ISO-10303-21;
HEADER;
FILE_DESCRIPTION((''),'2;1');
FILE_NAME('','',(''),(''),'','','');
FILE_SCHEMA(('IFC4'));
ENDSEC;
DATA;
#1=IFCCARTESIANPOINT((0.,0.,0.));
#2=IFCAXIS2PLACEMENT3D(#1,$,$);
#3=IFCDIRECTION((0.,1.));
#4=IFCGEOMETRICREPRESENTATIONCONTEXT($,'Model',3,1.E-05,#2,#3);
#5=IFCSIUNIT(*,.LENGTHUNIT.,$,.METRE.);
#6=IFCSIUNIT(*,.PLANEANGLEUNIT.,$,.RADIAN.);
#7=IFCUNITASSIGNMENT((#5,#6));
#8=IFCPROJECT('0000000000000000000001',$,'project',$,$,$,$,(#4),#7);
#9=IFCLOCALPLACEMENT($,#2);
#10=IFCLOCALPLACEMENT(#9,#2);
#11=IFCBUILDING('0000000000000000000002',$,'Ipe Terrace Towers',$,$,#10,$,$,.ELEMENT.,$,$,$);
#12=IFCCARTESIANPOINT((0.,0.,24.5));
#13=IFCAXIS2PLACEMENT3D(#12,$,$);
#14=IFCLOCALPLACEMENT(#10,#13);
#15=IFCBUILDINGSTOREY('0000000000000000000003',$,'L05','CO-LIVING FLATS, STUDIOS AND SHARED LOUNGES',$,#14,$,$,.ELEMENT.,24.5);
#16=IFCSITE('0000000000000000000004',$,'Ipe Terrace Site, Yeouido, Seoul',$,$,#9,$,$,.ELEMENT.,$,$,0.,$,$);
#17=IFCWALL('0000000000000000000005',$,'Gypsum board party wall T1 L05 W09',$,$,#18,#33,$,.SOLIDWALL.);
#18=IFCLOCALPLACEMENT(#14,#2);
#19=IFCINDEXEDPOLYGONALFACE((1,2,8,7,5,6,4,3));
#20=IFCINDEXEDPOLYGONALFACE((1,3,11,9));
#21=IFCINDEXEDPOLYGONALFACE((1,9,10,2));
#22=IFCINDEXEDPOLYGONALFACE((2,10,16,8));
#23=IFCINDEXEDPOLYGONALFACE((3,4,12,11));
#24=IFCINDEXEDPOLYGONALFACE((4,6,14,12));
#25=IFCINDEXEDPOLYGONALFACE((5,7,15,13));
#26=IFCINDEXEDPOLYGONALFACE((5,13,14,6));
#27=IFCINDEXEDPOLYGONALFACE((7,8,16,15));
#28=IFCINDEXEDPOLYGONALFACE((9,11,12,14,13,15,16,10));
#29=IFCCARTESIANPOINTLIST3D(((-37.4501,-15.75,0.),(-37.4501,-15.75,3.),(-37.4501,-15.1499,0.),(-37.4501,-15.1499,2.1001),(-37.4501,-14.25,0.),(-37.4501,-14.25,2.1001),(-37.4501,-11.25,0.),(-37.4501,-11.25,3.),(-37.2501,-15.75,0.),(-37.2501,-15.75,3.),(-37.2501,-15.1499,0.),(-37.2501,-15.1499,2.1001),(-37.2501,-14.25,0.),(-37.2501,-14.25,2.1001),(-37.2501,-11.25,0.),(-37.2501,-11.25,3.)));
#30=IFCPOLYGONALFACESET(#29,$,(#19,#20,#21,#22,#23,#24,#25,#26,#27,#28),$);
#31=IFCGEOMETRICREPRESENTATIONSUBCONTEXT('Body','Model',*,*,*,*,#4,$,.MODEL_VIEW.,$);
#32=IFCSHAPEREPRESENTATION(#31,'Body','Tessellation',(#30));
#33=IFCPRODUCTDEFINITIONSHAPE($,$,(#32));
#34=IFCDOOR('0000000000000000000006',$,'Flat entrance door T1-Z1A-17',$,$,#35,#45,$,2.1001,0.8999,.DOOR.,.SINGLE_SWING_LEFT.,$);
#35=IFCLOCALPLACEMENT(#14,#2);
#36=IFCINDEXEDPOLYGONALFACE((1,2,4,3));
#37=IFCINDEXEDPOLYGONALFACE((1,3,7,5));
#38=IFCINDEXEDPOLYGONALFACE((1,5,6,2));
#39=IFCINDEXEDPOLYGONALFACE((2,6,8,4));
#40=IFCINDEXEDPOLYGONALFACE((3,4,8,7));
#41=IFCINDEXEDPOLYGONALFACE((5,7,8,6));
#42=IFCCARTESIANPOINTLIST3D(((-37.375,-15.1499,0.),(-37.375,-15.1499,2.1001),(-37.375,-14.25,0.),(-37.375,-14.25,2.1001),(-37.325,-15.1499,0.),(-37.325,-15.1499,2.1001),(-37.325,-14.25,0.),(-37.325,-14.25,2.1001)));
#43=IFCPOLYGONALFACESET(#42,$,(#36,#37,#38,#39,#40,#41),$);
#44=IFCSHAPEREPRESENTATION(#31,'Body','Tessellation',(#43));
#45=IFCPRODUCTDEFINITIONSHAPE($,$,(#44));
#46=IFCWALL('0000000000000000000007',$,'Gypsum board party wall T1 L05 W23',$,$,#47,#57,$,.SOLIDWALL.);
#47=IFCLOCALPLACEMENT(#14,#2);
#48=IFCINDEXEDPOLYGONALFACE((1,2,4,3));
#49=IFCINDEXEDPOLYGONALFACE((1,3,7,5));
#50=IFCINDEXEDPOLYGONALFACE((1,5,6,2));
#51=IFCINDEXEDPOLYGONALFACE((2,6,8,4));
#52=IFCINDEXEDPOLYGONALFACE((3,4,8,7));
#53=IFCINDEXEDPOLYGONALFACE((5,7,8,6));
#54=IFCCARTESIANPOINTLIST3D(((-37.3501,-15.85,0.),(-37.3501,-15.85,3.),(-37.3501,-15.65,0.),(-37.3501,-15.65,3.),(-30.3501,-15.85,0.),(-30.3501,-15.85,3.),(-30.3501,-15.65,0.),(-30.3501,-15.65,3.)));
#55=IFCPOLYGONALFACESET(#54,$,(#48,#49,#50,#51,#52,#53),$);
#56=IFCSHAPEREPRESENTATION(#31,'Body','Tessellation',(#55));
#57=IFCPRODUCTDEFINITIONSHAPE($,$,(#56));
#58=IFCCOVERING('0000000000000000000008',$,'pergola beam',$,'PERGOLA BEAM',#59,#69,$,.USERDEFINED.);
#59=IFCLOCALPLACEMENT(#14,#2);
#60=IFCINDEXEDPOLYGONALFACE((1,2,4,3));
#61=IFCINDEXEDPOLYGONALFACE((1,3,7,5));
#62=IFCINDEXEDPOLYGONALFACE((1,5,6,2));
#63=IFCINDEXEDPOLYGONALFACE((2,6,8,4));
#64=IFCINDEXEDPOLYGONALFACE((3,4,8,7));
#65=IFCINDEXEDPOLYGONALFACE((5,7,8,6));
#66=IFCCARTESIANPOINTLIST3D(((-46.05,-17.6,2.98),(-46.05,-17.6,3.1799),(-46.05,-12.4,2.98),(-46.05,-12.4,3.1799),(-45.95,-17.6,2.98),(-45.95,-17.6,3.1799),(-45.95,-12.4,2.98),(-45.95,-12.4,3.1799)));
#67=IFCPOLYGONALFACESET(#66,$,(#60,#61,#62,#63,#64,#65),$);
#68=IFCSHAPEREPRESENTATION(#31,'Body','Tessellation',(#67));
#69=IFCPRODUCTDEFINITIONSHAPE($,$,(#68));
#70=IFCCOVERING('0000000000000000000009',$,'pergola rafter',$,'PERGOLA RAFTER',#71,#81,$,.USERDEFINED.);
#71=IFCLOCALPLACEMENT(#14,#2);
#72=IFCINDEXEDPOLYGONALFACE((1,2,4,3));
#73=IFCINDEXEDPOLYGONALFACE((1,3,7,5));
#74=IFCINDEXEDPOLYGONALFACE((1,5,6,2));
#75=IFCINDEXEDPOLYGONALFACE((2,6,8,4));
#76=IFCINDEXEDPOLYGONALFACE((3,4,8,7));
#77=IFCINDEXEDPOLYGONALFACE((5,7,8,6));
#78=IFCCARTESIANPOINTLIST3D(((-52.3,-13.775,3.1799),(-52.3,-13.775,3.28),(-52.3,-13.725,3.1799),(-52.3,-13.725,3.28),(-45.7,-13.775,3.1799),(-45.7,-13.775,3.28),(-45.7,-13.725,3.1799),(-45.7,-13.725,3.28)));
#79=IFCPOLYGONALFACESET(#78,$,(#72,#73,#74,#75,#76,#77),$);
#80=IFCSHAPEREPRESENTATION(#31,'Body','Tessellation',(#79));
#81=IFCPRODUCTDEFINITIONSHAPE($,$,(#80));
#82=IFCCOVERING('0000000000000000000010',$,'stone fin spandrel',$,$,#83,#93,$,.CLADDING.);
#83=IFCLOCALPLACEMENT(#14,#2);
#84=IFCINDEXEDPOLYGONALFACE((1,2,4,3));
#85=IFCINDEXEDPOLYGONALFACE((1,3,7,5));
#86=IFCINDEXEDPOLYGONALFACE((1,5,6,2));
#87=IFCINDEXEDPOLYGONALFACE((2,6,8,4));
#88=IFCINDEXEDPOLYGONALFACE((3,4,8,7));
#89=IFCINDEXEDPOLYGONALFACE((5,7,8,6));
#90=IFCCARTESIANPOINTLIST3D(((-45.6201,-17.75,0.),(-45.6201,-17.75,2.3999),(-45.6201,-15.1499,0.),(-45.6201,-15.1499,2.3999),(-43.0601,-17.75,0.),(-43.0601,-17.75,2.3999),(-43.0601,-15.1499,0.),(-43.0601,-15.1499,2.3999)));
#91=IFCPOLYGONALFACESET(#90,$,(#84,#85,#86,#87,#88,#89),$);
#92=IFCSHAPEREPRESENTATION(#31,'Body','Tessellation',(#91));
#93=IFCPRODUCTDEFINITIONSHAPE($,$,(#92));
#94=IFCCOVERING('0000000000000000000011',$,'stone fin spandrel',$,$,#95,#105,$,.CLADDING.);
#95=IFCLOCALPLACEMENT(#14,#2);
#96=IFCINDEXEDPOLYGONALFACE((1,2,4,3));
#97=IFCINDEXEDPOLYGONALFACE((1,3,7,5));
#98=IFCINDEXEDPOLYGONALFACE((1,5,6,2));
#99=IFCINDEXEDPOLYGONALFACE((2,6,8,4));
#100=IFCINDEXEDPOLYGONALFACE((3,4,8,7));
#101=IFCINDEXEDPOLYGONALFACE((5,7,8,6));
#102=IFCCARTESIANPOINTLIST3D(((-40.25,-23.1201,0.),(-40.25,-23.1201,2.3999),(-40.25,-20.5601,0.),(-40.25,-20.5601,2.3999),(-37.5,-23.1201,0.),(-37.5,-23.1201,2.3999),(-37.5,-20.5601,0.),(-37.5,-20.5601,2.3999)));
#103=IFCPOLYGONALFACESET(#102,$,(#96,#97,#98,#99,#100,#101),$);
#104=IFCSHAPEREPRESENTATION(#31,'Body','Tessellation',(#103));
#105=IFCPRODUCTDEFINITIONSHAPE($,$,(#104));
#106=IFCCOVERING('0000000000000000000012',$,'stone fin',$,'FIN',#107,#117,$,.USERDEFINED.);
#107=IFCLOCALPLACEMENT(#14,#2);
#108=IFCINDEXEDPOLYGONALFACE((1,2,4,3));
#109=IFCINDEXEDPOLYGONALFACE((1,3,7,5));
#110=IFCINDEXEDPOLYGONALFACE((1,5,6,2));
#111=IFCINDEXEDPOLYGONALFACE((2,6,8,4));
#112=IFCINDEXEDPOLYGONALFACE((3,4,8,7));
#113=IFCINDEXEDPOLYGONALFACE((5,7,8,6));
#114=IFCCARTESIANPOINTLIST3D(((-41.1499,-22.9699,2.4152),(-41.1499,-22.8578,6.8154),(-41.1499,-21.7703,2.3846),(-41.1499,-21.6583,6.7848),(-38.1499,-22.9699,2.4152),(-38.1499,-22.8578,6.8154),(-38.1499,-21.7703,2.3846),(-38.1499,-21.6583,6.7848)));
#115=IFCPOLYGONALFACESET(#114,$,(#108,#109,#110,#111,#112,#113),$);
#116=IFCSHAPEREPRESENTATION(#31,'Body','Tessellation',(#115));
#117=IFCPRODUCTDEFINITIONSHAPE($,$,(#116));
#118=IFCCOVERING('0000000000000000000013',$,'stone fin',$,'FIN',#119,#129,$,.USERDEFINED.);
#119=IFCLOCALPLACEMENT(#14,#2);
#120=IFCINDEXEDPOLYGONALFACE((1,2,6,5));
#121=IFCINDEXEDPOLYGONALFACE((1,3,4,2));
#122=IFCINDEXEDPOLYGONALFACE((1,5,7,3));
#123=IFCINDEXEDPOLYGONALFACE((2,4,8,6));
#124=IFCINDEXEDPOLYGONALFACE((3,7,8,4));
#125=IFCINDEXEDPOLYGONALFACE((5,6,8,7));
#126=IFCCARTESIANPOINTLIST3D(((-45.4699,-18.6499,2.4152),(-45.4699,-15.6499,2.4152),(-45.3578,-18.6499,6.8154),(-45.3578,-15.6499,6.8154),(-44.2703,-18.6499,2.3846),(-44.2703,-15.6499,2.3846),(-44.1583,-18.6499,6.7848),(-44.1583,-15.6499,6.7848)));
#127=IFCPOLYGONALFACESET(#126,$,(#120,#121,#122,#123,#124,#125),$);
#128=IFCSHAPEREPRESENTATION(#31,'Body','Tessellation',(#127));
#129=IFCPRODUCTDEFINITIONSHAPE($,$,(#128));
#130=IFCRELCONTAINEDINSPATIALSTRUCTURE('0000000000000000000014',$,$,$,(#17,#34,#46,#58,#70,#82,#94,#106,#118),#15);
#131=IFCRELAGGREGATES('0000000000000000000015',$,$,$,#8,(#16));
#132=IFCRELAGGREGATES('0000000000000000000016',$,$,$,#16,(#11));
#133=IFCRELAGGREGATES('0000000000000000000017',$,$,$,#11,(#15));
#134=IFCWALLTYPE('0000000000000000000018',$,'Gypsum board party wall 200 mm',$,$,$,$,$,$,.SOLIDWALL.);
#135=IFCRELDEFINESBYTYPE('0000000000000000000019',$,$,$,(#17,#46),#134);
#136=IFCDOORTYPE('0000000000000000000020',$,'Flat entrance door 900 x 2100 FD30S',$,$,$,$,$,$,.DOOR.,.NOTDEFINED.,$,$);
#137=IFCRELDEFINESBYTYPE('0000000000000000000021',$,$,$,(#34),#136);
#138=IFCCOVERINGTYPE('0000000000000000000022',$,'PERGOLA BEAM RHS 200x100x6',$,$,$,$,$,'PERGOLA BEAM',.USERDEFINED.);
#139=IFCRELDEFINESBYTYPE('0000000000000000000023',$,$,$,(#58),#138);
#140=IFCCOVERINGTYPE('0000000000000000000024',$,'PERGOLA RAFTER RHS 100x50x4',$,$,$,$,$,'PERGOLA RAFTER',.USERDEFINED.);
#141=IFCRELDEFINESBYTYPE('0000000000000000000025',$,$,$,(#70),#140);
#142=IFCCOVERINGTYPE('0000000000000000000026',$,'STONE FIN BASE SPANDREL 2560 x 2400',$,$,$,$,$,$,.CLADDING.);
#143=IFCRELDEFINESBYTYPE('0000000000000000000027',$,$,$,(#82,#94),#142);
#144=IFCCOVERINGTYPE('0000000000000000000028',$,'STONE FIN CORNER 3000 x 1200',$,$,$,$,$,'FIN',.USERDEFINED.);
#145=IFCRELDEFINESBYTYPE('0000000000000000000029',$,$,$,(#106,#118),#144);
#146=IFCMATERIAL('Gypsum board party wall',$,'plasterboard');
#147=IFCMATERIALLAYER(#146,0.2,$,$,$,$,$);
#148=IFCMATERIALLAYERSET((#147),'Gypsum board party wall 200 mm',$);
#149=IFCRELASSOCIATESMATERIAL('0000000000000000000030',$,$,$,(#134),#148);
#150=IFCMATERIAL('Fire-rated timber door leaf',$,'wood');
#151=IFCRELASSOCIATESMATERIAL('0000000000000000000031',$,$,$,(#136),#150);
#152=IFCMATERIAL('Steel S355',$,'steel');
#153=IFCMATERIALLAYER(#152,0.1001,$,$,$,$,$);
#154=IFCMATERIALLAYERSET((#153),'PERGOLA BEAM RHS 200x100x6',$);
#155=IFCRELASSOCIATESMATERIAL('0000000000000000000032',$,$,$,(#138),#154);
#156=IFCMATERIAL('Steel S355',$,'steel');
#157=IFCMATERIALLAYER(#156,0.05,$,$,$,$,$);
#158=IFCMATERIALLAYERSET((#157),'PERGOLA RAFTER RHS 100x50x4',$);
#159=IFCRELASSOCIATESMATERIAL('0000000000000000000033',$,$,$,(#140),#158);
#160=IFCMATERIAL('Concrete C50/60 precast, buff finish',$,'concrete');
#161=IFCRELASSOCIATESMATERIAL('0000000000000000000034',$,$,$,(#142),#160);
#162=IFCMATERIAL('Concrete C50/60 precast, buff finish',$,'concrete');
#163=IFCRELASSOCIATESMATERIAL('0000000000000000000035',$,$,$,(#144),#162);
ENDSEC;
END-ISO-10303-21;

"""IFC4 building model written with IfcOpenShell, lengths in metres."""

from ifc_helpers import new_model, si_unit, direction, frame, frame_2d, origin, origin_2d, place, context, subcontext, project, spatial, rectangle, extrude, material, layer, layer_set, material_profile, profile_set, type_object, element, fill, save


model = new_model("IFC4")

# Units and contexts
model_context = context("Model", 3, precision=1e-05, world=origin(), true_north=direction((0.0, 1.0)))
body_context = subcontext(model_context, "Body", "Model", "MODEL_VIEW")
ifc_project = project(units=[si_unit("LENGTHUNIT", "METRE"), si_unit("PLANEANGLEUNIT", "RADIAN")], contexts=[model_context])

# Site, building, storey
site_placement = place(None, origin())
site = spatial("IfcSite", under=ifc_project, at=site_placement, Name="Ipe Terrace Site, Yeouido, Seoul", CompositionType="ELEMENT", RefElevation=0.0)
building_placement = place(site_placement, origin())
building = spatial("IfcBuilding", under=site, at=building_placement, Name="Ipe Terrace Towers", CompositionType="ELEMENT")
storey_placement = place(building_placement, frame((0.0, 0.0, 24.5)))
storey = spatial("IfcBuildingStorey", under=building, at=storey_placement, Name="L05", Description="CO-LIVING FLATS, STUDIOS AND SHARED LOUNGES", CompositionType="ELEMENT", Elevation=24.5)

# Wall, opening, door
ifc_material_1 = material(Name="Gypsum board party wall", Category="plasterboard")
ifc_layer_1 = layer(ifc_material_1, 0.2)
ifc_layer_set_1 = layer_set([ifc_layer_1], Name="Gypsum board party wall 200 mm")
wall_type_1 = type_object("IfcWallType", Name="Gypsum board party wall 200 mm", PredefinedType="SOLIDWALL", material=ifc_layer_set_1)
wall_1_placement = place(storey_placement, frame((-37.3501, -15.75, 0.0), z_axis=(0.0, 0.0, 1.0), x_axis=(0.0, 1.0, 0.0)))
wall_1 = element("IfcWall", 1, at=wall_1_placement, inside=storey, type_object=wall_type_1, Name="Gypsum board party wall T1 L05 W09", PredefinedType="SOLIDWALL", context=body_context, shape_type="SweptSolid", body=[
    extrude(rectangle(XDim=4.5, YDim=0.2, at=frame_2d((2.25, 0.0))), origin(), (0.0, 0.0, 1.0), 3.0),
])
opening_1_placement = place(wall_1_placement, frame((0.6001, 0.0, 0.0)))
opening_1 = element("IfcOpeningElement", 2, at=opening_1_placement, cuts=wall_1, PredefinedType="OPENING", context=body_context, shape_type="SweptSolid", body=[
    extrude(rectangle(XDim=0.8999, YDim=2.1001, at=frame_2d((0.45, 1.05))), frame((0.0, 0.1099, 0.0), z_axis=(0.0, -1.0, 0.0), x_axis=(1.0, 0.0, 0.0)), (0.0, 0.0, 1.0), 0.22),
])
ifc_material_2 = material(Name="Fire-rated timber door leaf", Category="wood")
door_type_1 = type_object("IfcDoorType", Name="Flat entrance door 900 x 2100 FD30S", OperationType="NOTDEFINED", PredefinedType="DOOR", material=ifc_material_2)
door_1_placement = place(opening_1_placement, origin())
door_1 = element("IfcDoor", 3, at=door_1_placement, inside=storey, type_object=door_type_1, Name="Flat entrance door T1-Z1A-17", OperationType="SINGLE_SWING_LEFT", OverallHeight=2.1001, OverallWidth=0.8999, PredefinedType="DOOR", context=body_context, shape_type="SweptSolid", body=[
    extrude(rectangle(XDim=0.8999, YDim=2.1001, at=frame_2d((0.45, 1.05))), frame((0.0, 0.0249, 0.0), z_axis=(0.0, -1.0, 0.0), x_axis=(1.0, 0.0, 0.0)), (0.0, 0.0, 1.0), 0.05),
])
fill(opening_1, door_1)

# Wall
wall_2_placement = place(storey_placement, frame((-37.3501, -15.75, 0.0), z_axis=(0.0, 0.0, 1.0), x_axis=(1.0, 0.0, 0.0)))
element("IfcWall", 4, at=wall_2_placement, inside=storey, type_object=wall_type_1, Name="Gypsum board party wall T1 L05 W23", PredefinedType="SOLIDWALL", context=body_context, shape_type="SweptSolid", body=[
    extrude(rectangle(XDim=7.0, YDim=0.2, at=frame_2d((3.5, 0.0))), origin(), (0.0, 0.0, 1.0), 3.0),
])

# Coverings
ifc_material_3 = material(Name="Steel S355", Category="steel")
ifc_layer_2 = layer(ifc_material_3, 0.1001)
ifc_layer_set_2 = layer_set([ifc_layer_2], Name="PERGOLA BEAM RHS 200x100x6")
covering_type_1 = type_object("IfcCoveringType", Name="PERGOLA BEAM RHS 200x100x6", ElementType="PERGOLA BEAM", PredefinedType="USERDEFINED", material=ifc_layer_set_2)
covering_1_placement = place(storey_placement, frame((-46.0, -15.0, 2.98), z_axis=(0.0, 0.0, 1.0), x_axis=(1.0, 0.0, 0.0)))
element("IfcCovering", 5, at=covering_1_placement, inside=storey, type_object=covering_type_1, Name="pergola beam", ObjectType="PERGOLA BEAM", PredefinedType="USERDEFINED", context=body_context, shape_type="SweptSolid", body=[
    extrude(rectangle(XDim=0.1001, YDim=5.2, at=origin_2d()), origin(), (0.0, 0.0, 1.0), 0.2),
])
ifc_material_4 = material(Name="Steel S355", Category="steel")
ifc_layer_3 = layer(ifc_material_4, 0.05)
ifc_layer_set_3 = layer_set([ifc_layer_3], Name="PERGOLA RAFTER RHS 100x50x4")
covering_type_2 = type_object("IfcCoveringType", Name="PERGOLA RAFTER RHS 100x50x4", ElementType="PERGOLA RAFTER", PredefinedType="USERDEFINED", material=ifc_layer_set_3)
covering_2_placement = place(storey_placement, frame((-49.0, -13.75, 3.1799), z_axis=(0.0, 0.0, 1.0), x_axis=(1.0, 0.0, 0.0)))
element("IfcCovering", 6, at=covering_2_placement, inside=storey, type_object=covering_type_2, Name="pergola rafter", ObjectType="PERGOLA RAFTER", PredefinedType="USERDEFINED", context=body_context, shape_type="SweptSolid", body=[
    extrude(rectangle(XDim=6.6001, YDim=0.05, at=origin_2d()), origin(), (0.0, 0.0, 1.0), 0.1001),
])
ifc_material_5 = material(Name="Concrete C50/60 precast, buff finish", Category="concrete")
ifc_material_profile_1 = material_profile(ifc_material_5, rectangle(XDim=2.5601, YDim=2.3999, at=origin_2d()), Name="STONE FIN BASE SPANDREL 2560 x 2400")
ifc_profile_set_1 = profile_set([ifc_material_profile_1], Name="Concrete C50/60 precast, buff finish")
covering_type_3 = type_object("IfcCoveringType", Name="STONE FIN BASE SPANDREL 2560 x 2400", PredefinedType="CLADDING", material=ifc_profile_set_1)
covering_3_placement = place(storey_placement, frame((-44.3401, -15.1499, 1.2), z_axis=(0.0, -1.0, 0.0), x_axis=(-1.0, 0.0, 0.0)))
element("IfcCovering", 7, at=covering_3_placement, inside=storey, type_object=covering_type_3, Name="stone fin spandrel", PredefinedType="CLADDING", context=body_context, shape_type="SweptSolid", body=[
    extrude(rectangle(XDim=2.5601, YDim=2.3999, at=origin_2d()), origin(), (0.0, 0.0, 1.0), 2.6001),
])
covering_4_placement = place(storey_placement, frame((-40.25, -21.8401, 1.2), z_axis=(1.0, 0.0, 0.0), x_axis=(0.0, -1.0, 0.0)))
element("IfcCovering", 8, at=covering_4_placement, inside=storey, type_object=covering_type_3, Name="stone fin spandrel", PredefinedType="CLADDING", context=body_context, shape_type="SweptSolid", body=[
    extrude(rectangle(XDim=2.5601, YDim=2.3999, at=origin_2d()), origin(), (0.0, 0.0, 1.0), 2.75),
])
ifc_material_6 = material(Name="Concrete C50/60 precast, buff finish", Category="concrete")
ifc_material_profile_2 = material_profile(ifc_material_6, rectangle(XDim=3.0, YDim=1.2, at=origin_2d()), Name="STONE FIN CORNER 3000 x 1200")
ifc_profile_set_2 = profile_set([ifc_material_profile_2], Name="Concrete C50/60 precast, buff finish")
covering_type_4 = type_object("IfcCoveringType", Name="STONE FIN CORNER 3000 x 1200", ElementType="FIN", PredefinedType="USERDEFINED", material=ifc_profile_set_2)
for number, where, z_axis, x_axis, name in (
    (9, (-39.6499, -22.3701, 2.3999), (0.0, 0.025459, 0.999676), (1.0, 0.0, 0.0), "stone fin"),
    (10, (-44.8701, -17.1499, 2.3999), (0.025459, 0.0, 0.999676), (0.0, -1.0, 0.0), "stone fin"),
):
    element("IfcCovering", number, at=place(storey_placement, frame(where, z_axis=z_axis, x_axis=x_axis)), inside=storey, type_object=covering_type_4, Name=name, ObjectType="FIN", PredefinedType="USERDEFINED", context=body_context, shape_type="SweptSolid", body=[
        extrude(rectangle(XDim=3.0, YDim=1.2, at=origin_2d()), origin(), (0.0, 0.0, 1.0), 4.4016),
    ])

save(model, "model.ifc")
